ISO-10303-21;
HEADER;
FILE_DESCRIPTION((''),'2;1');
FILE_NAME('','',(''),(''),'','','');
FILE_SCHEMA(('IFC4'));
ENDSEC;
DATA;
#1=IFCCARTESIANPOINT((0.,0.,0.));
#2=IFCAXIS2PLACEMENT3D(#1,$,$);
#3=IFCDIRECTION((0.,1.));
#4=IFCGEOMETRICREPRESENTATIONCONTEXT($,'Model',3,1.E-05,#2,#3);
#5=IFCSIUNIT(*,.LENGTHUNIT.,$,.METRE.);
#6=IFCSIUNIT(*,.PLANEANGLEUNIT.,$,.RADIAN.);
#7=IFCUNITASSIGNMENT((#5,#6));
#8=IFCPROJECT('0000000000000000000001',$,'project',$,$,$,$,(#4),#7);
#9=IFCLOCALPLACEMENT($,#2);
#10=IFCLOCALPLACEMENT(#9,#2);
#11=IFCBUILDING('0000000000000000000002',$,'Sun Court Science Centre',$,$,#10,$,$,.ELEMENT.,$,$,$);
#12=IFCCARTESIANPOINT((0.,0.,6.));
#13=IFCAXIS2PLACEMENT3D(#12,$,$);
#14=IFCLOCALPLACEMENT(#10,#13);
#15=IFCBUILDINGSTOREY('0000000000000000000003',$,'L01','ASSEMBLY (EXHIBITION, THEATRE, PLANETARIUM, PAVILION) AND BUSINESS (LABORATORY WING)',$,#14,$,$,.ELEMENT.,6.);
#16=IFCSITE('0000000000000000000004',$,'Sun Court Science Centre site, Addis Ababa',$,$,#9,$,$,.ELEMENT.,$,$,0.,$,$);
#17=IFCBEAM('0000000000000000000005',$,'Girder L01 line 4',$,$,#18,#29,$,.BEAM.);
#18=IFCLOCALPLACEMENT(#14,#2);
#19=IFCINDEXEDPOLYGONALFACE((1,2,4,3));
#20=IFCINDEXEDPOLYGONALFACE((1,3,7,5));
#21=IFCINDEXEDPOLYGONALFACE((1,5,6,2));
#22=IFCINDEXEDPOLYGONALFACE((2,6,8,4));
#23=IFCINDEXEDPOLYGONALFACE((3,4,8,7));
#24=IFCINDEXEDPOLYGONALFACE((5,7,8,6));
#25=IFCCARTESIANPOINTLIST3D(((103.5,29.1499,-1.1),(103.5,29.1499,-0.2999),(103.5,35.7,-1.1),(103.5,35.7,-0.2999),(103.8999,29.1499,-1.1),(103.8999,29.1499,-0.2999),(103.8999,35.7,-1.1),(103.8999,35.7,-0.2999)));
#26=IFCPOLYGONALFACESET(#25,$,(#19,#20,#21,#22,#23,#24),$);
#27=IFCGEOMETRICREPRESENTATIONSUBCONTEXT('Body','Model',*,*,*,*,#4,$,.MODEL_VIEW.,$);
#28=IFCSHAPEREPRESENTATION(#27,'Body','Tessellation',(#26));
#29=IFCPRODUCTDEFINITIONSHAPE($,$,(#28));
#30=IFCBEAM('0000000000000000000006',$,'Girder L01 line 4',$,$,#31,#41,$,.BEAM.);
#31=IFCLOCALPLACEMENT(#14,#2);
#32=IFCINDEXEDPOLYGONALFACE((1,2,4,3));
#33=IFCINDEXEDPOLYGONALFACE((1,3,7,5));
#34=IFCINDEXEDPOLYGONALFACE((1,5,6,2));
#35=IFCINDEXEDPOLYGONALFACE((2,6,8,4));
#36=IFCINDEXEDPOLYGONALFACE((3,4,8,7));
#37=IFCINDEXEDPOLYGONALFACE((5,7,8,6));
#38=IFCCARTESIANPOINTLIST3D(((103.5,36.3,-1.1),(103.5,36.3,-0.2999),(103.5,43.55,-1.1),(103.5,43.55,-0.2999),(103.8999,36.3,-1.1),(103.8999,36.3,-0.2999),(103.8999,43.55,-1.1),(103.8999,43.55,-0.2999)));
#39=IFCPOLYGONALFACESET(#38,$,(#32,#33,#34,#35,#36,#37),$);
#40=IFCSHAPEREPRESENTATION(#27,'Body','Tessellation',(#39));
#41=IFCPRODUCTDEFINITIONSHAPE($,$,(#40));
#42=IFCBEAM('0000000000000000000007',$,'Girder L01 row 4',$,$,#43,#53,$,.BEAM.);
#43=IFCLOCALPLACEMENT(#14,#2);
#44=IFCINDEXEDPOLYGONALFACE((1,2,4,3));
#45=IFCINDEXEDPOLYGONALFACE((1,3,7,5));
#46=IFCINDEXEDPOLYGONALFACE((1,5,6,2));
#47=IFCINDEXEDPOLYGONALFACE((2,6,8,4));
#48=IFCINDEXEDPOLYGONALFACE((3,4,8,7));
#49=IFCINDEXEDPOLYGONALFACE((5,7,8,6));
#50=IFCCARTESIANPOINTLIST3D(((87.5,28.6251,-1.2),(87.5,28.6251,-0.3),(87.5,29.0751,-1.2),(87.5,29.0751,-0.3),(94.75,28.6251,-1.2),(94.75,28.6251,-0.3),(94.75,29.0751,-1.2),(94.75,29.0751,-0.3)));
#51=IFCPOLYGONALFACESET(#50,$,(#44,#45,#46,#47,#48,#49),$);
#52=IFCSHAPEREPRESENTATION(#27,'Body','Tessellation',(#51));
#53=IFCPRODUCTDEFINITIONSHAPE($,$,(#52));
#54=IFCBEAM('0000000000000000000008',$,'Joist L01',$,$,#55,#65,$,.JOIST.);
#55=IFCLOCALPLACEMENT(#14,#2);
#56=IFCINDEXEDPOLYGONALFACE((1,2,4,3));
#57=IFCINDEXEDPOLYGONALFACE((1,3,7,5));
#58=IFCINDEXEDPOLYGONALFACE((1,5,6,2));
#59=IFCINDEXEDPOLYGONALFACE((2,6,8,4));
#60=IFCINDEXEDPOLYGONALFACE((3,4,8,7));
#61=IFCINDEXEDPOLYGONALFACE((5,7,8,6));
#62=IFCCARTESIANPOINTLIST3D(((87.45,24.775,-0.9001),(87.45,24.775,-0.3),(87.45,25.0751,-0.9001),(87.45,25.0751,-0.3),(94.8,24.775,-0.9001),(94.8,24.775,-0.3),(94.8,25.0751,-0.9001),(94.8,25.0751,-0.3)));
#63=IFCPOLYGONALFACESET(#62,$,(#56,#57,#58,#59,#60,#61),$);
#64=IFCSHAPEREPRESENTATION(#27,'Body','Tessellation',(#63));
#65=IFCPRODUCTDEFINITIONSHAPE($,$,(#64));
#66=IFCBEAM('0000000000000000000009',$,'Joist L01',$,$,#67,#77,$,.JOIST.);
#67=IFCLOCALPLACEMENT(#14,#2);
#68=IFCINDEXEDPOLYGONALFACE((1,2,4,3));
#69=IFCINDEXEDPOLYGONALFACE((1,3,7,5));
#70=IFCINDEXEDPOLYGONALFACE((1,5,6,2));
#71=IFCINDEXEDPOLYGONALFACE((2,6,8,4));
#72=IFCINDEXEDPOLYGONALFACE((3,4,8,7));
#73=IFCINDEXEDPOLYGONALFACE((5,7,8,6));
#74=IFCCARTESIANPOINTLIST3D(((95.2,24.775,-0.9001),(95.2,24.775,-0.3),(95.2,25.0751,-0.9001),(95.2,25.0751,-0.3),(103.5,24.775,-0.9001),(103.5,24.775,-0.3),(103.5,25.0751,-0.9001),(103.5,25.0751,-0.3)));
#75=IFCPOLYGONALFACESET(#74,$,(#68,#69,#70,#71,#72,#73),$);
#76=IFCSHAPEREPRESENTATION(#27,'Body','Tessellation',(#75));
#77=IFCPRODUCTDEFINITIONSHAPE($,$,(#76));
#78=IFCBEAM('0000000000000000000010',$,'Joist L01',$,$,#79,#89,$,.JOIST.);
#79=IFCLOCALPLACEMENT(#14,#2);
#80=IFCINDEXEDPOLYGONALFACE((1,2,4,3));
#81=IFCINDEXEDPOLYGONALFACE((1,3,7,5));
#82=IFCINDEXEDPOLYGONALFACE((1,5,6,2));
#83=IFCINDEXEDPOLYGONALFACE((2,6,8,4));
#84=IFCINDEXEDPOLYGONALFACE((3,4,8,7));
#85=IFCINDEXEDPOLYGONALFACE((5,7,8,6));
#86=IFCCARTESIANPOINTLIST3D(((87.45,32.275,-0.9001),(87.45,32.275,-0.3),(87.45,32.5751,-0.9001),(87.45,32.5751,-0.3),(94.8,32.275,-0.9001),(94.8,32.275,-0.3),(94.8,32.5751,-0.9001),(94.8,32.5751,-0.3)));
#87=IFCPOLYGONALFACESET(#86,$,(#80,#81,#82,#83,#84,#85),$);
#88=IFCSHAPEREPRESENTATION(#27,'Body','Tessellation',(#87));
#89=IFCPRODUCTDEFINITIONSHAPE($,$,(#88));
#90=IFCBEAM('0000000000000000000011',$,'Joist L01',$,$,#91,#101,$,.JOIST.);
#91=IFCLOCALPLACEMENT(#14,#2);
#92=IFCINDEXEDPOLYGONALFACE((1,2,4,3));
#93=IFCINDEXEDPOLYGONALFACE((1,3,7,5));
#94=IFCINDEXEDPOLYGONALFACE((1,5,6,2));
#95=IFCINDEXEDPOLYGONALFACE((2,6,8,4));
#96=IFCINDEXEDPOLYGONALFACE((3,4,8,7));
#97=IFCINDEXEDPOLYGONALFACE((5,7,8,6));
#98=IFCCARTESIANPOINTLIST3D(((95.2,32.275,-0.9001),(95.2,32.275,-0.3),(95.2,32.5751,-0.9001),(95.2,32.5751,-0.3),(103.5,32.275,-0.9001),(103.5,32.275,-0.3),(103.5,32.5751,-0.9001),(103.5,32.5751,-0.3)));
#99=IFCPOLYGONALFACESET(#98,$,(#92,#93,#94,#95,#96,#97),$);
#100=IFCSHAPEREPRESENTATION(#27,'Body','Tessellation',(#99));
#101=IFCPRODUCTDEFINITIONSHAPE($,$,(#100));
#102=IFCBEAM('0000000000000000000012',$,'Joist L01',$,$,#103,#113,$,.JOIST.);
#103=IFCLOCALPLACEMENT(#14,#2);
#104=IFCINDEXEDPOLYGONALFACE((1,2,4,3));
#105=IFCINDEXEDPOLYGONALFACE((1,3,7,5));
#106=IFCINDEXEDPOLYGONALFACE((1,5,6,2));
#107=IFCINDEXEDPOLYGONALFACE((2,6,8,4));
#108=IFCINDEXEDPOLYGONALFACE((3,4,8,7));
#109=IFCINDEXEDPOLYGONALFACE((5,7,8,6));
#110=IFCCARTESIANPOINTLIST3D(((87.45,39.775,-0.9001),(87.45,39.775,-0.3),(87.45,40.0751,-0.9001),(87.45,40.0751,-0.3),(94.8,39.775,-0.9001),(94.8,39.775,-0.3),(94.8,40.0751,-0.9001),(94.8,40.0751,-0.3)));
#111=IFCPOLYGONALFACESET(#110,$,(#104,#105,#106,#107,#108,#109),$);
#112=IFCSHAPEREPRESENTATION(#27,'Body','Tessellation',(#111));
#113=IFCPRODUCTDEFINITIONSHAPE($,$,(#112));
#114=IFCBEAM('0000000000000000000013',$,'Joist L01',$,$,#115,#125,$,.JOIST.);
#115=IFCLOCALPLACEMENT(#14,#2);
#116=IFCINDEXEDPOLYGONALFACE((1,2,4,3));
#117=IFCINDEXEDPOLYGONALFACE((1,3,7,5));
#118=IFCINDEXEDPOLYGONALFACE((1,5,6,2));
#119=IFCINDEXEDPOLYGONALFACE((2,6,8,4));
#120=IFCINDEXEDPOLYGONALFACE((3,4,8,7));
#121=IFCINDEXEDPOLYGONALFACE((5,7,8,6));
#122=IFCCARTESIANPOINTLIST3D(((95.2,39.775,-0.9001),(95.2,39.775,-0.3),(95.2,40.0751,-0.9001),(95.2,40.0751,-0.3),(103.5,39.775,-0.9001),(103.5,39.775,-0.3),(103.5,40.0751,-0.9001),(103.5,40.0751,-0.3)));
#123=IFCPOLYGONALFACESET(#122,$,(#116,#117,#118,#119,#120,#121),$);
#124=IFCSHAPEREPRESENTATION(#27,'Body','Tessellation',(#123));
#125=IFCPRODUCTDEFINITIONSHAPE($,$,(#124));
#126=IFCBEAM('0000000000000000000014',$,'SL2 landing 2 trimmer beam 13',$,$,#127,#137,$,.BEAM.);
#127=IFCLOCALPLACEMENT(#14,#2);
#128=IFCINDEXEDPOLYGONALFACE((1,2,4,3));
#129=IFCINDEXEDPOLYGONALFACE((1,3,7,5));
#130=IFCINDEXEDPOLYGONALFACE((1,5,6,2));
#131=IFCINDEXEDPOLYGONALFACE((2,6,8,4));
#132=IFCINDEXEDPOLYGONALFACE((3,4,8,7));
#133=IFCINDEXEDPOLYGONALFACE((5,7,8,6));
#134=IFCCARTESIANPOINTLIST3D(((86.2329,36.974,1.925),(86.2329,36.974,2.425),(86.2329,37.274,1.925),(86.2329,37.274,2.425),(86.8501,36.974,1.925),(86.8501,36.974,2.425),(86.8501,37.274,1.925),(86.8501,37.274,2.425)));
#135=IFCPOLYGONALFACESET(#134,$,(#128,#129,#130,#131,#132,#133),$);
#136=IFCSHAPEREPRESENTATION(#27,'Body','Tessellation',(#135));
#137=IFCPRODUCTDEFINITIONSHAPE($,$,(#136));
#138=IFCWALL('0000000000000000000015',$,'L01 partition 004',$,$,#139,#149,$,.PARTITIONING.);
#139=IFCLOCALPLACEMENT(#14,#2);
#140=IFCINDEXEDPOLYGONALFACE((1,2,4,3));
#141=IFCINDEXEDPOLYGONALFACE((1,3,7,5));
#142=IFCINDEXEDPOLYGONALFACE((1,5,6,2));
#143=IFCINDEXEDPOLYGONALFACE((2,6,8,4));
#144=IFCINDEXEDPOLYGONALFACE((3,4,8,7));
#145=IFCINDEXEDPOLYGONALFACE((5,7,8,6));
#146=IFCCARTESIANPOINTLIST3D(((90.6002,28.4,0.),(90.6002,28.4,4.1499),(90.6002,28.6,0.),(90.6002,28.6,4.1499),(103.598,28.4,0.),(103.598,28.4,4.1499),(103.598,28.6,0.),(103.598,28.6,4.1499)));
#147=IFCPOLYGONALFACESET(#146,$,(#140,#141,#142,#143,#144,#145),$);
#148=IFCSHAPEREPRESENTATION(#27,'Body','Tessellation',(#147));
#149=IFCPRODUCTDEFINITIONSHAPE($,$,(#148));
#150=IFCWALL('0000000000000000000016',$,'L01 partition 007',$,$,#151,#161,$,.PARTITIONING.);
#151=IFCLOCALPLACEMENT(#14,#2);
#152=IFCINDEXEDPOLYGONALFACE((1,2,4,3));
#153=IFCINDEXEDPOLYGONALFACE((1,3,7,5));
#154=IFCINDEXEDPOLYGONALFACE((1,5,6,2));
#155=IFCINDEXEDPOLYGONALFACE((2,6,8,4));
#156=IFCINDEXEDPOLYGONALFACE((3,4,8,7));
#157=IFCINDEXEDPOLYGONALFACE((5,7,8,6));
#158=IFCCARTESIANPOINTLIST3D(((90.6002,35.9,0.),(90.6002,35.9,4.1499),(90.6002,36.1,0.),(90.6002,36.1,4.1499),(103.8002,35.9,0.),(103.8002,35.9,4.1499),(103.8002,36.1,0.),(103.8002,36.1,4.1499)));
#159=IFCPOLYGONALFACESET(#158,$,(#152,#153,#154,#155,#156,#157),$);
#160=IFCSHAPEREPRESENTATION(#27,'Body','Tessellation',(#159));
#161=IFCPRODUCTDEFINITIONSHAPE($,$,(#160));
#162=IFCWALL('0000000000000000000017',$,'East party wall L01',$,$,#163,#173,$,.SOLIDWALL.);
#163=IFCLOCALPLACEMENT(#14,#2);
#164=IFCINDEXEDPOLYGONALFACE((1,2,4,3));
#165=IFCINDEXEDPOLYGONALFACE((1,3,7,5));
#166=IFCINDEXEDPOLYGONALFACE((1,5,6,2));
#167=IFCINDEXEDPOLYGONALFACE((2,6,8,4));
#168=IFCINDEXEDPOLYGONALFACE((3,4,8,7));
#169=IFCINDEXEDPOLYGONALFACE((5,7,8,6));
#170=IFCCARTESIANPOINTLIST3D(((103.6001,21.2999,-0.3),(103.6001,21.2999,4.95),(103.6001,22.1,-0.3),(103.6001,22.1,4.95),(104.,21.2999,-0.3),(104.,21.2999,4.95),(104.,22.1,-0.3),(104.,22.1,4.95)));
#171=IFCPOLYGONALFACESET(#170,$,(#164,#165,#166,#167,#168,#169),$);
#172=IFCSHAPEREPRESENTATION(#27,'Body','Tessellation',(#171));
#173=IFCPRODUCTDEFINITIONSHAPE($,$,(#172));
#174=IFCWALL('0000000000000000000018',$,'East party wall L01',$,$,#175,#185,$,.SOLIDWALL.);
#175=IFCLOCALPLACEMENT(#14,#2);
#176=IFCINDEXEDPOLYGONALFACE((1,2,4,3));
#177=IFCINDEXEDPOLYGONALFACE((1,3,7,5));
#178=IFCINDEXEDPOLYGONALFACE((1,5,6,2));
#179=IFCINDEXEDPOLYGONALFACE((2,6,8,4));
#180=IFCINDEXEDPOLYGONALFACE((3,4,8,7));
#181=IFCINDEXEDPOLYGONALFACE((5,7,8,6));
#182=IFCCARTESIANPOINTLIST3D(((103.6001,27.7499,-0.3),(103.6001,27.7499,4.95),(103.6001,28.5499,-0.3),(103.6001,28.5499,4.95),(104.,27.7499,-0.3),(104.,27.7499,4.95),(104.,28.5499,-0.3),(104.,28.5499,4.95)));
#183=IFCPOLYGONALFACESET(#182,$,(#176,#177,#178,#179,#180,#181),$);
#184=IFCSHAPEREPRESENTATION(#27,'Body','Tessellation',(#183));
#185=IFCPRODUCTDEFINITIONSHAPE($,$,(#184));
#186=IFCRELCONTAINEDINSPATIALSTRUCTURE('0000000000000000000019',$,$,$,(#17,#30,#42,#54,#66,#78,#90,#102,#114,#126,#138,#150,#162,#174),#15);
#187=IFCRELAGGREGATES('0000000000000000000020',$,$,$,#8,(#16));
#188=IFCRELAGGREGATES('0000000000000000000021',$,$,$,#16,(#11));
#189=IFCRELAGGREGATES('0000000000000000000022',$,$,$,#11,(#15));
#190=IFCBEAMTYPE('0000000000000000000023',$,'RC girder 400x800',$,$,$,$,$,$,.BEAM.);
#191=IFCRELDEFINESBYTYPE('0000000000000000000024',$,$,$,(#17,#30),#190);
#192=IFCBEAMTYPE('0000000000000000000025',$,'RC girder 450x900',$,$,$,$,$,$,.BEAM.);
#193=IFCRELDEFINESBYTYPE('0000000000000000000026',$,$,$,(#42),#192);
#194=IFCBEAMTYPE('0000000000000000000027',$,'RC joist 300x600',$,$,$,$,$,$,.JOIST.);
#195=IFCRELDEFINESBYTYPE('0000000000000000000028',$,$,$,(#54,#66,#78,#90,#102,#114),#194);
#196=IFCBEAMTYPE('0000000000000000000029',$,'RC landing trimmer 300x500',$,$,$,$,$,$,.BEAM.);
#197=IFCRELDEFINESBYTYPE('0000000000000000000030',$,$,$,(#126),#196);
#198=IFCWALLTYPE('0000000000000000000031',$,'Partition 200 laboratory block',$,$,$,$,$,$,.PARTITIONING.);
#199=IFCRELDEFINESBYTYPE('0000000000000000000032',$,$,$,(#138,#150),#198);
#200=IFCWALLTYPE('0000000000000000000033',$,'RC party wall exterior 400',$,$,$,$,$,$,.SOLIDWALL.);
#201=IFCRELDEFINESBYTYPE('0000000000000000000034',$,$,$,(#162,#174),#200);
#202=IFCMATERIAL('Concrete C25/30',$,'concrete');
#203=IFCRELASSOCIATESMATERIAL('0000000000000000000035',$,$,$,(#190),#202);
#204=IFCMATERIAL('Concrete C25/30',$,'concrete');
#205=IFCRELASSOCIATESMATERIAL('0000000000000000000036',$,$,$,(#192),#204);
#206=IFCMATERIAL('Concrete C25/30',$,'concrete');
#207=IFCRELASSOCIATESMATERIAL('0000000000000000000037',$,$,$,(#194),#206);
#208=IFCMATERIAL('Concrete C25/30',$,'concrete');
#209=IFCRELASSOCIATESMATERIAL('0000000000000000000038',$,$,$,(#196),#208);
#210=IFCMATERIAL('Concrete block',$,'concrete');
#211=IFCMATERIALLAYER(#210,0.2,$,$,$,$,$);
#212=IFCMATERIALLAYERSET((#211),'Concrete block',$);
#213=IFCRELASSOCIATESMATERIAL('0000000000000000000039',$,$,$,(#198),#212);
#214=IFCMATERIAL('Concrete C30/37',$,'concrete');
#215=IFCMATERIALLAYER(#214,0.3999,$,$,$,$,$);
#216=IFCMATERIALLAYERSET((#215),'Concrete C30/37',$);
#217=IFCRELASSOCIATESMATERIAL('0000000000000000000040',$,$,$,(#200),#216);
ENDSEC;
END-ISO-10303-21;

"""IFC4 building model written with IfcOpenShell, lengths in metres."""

from ifc_helpers import new_model, si_unit, direction, frame, frame_2d, origin, origin_2d, place, context, subcontext, project, spatial, rectangle, extrude, material, layer, layer_set, material_profile, profile_set, type_object, element, save


model = new_model("IFC4")

# Units and contexts
model_context = context("Model", 3, precision=1e-05, world=origin(), true_north=direction((0.0, 1.0)))
body_context = subcontext(model_context, "Body", "Model", "MODEL_VIEW")
ifc_project = project(units=[si_unit("LENGTHUNIT", "METRE"), si_unit("PLANEANGLEUNIT", "RADIAN")], contexts=[model_context])

# Site, building, storey
site_placement = place(None, origin())
site = spatial("IfcSite", under=ifc_project, at=site_placement, Name="Sun Court Science Centre site, Addis Ababa", CompositionType="ELEMENT", RefElevation=0.0)
building_placement = place(site_placement, origin())
building = spatial("IfcBuilding", under=site, at=building_placement, Name="Sun Court Science Centre", CompositionType="ELEMENT")
storey_placement = place(building_placement, frame((0.0, 0.0, 6.0)))
storey = spatial("IfcBuildingStorey", under=building, at=storey_placement, Name="L01", Description="ASSEMBLY (EXHIBITION, THEATRE, PLANETARIUM, PAVILION) AND BUSINESS (LABORATORY WING)", CompositionType="ELEMENT", Elevation=6.0)

# Beams
ifc_material_1 = material(Name="Concrete C25/30", Category="concrete")
ifc_material_profile_1 = material_profile(ifc_material_1, rectangle(XDim=0.3999, YDim=0.8, at=origin_2d()), Name="RC 400x800")
ifc_profile_set_1 = profile_set([ifc_material_profile_1], Name="Concrete C25/30")
beam_type_1 = type_object("IfcBeamType", Name="RC girder 400x800", PredefinedType="BEAM", material=ifc_profile_set_1)
beam_1_placement = place(storey_placement, frame((103.7, 29.1499, -0.7), z_axis=(0.0, 1.0, 0.0), x_axis=(-1.0, 0.0, 0.0)))
element("IfcBeam", 1, at=beam_1_placement, inside=storey, type_object=beam_type_1, Name="Girder L01 line 4", PredefinedType="BEAM", context=body_context, shape_type="SweptSolid", body=[
    extrude(rectangle(XDim=0.3999, YDim=0.8, at=origin_2d()), origin(), (0.0, 0.0, 1.0), 6.55),
])
beam_2_placement = place(storey_placement, frame((103.7, 36.3, -0.7), z_axis=(0.0, 1.0, 0.0), x_axis=(-1.0, 0.0, 0.0)))
element("IfcBeam", 2, at=beam_2_placement, inside=storey, type_object=beam_type_1, Name="Girder L01 line 4", PredefinedType="BEAM", context=body_context, shape_type="SweptSolid", body=[
    extrude(rectangle(XDim=0.3999, YDim=0.8, at=origin_2d()), origin(), (0.0, 0.0, 1.0), 7.25),
])
ifc_material_2 = material(Name="Concrete C25/30", Category="concrete")
ifc_material_profile_2 = material_profile(ifc_material_2, rectangle(XDim=0.45, YDim=0.8999, at=origin_2d()), Name="RC 450x900")
ifc_profile_set_2 = profile_set([ifc_material_profile_2], Name="Concrete C25/30")
beam_type_2 = type_object("IfcBeamType", Name="RC girder 450x900", PredefinedType="BEAM", material=ifc_profile_set_2)
beam_3_placement = place(storey_placement, frame((87.5, 28.8501, -0.75), z_axis=(1.0, 0.0, 0.0), x_axis=(0.0, 1.0, 0.0)))
element("IfcBeam", 3, at=beam_3_placement, inside=storey, type_object=beam_type_2, Name="Girder L01 row 4", PredefinedType="BEAM", context=body_context, shape_type="SweptSolid", body=[
    extrude(rectangle(XDim=0.45, YDim=0.8999, at=origin_2d()), origin(), (0.0, 0.0, 1.0), 7.25),
])
ifc_material_3 = material(Name="Concrete C25/30", Category="concrete")
ifc_material_profile_3 = material_profile(ifc_material_3, rectangle(XDim=0.3, YDim=0.6001, at=origin_2d()), Name="RC 300x600")
ifc_profile_set_3 = profile_set([ifc_material_profile_3], Name="Concrete C25/30")
beam_type_3 = type_object("IfcBeamType", Name="RC joist 300x600", PredefinedType="JOIST", material=ifc_profile_set_3)
beam_4_placement = place(storey_placement, frame((87.45, 24.925, -0.6001), z_axis=(1.0, 0.0, 0.0), x_axis=(0.0, 1.0, 0.0)))
element("IfcBeam", 4, at=beam_4_placement, inside=storey, type_object=beam_type_3, Name="Joist L01", PredefinedType="JOIST", context=body_context, shape_type="SweptSolid", body=[
    extrude(rectangle(XDim=0.3, YDim=0.6001, at=origin_2d()), origin(), (0.0, 0.0, 1.0), 7.3501),
])
beam_5_placement = place(storey_placement, frame((95.2, 24.925, -0.6001), z_axis=(1.0, 0.0, 0.0), x_axis=(0.0, 1.0, 0.0)))
element("IfcBeam", 5, at=beam_5_placement, inside=storey, type_object=beam_type_3, Name="Joist L01", PredefinedType="JOIST", context=body_context, shape_type="SweptSolid", body=[
    extrude(rectangle(XDim=0.3, YDim=0.6001, at=origin_2d()), origin(), (0.0, 0.0, 1.0), 8.3),
])
beam_6_placement = place(storey_placement, frame((87.45, 32.425, -0.6001), z_axis=(1.0, 0.0, 0.0), x_axis=(0.0, 1.0, 0.0)))
element("IfcBeam", 6, at=beam_6_placement, inside=storey, type_object=beam_type_3, Name="Joist L01", PredefinedType="JOIST", context=body_context, shape_type="SweptSolid", body=[
    extrude(rectangle(XDim=0.3, YDim=0.6001, at=origin_2d()), origin(), (0.0, 0.0, 1.0), 7.3501),
])
beam_7_placement = place(storey_placement, frame((95.2, 32.425, -0.6001), z_axis=(1.0, 0.0, 0.0), x_axis=(0.0, 1.0, 0.0)))
element("IfcBeam", 7, at=beam_7_placement, inside=storey, type_object=beam_type_3, Name="Joist L01", PredefinedType="JOIST", context=body_context, shape_type="SweptSolid", body=[
    extrude(rectangle(XDim=0.3, YDim=0.6001, at=origin_2d()), origin(), (0.0, 0.0, 1.0), 8.3),
])
beam_8_placement = place(storey_placement, frame((87.45, 39.925, -0.6001), z_axis=(1.0, 0.0, 0.0), x_axis=(0.0, 1.0, 0.0)))
element("IfcBeam", 8, at=beam_8_placement, inside=storey, type_object=beam_type_3, Name="Joist L01", PredefinedType="JOIST", context=body_context, shape_type="SweptSolid", body=[
    extrude(rectangle(XDim=0.3, YDim=0.6001, at=origin_2d()), origin(), (0.0, 0.0, 1.0), 7.3501),
])
beam_9_placement = place(storey_placement, frame((95.2, 39.925, -0.6001), z_axis=(1.0, 0.0, 0.0), x_axis=(0.0, 1.0, 0.0)))
element("IfcBeam", 9, at=beam_9_placement, inside=storey, type_object=beam_type_3, Name="Joist L01", PredefinedType="JOIST", context=body_context, shape_type="SweptSolid", body=[
    extrude(rectangle(XDim=0.3, YDim=0.6001, at=origin_2d()), origin(), (0.0, 0.0, 1.0), 8.3),
])
ifc_material_4 = material(Name="Concrete C25/30", Category="concrete")
ifc_material_profile_4 = material_profile(ifc_material_4, rectangle(XDim=0.3, YDim=0.5, at=origin_2d()), Name="RC 300x500")
ifc_profile_set_4 = profile_set([ifc_material_profile_4], Name="Concrete C25/30")
beam_type_4 = type_object("IfcBeamType", Name="RC landing trimmer 300x500", PredefinedType="BEAM", material=ifc_profile_set_4)
beam_10_placement = place(storey_placement, frame((86.8501, 37.124, 2.175), z_axis=(-1.0, 0.0, 0.0), x_axis=(0.0, -1.0, 0.0)))
element("IfcBeam", 10, at=beam_10_placement, inside=storey, type_object=beam_type_4, Name="SL2 landing 2 trimmer beam 13", PredefinedType="BEAM", context=body_context, shape_type="SweptSolid", body=[
    extrude(rectangle(XDim=0.3, YDim=0.5, at=origin_2d()), origin(), (0.0, 0.0, 1.0), 0.6172),
])

# Walls
ifc_material_5 = material(Name="Concrete block", Category="concrete")
ifc_layer_1 = layer(ifc_material_5, 0.2)
ifc_layer_set_1 = layer_set([ifc_layer_1], Name="Concrete block")
wall_type_1 = type_object("IfcWallType", Name="Partition 200 laboratory block", PredefinedType="PARTITIONING", material=ifc_layer_set_1)
wall_1_placement = place(storey_placement, frame((90.6001, 28.5, 0.0), z_axis=(0.0, 0.0, 1.0), x_axis=(1.0, 0.0, 0.0)))
element("IfcWall", 11, at=wall_1_placement, inside=storey, type_object=wall_type_1, Name="L01 partition 004", PredefinedType="PARTITIONING", context=body_context, shape_type="SweptSolid", body=[
    extrude(rectangle(XDim=12.9978, YDim=0.2, at=frame_2d((6.499, 0.0))), origin(), (0.0, 0.0, 1.0), 4.1499),
])
wall_2_placement = place(storey_placement, frame((90.6001, 36.0, 0.0), z_axis=(0.0, 0.0, 1.0), x_axis=(1.0, 0.0, 0.0)))
element("IfcWall", 12, at=wall_2_placement, inside=storey, type_object=wall_type_1, Name="L01 partition 007", PredefinedType="PARTITIONING", context=body_context, shape_type="SweptSolid", body=[
    extrude(rectangle(XDim=13.2, YDim=0.2, at=frame_2d((6.6001, 0.0))), origin(), (0.0, 0.0, 1.0), 4.1499),
])
ifc_material_6 = material(Name="Concrete C30/37", Category="concrete")
ifc_layer_2 = layer(ifc_material_6, 0.3999)
ifc_layer_set_2 = layer_set([ifc_layer_2], Name="Concrete C30/37")
wall_type_2 = type_object("IfcWallType", Name="RC party wall exterior 400", PredefinedType="SOLIDWALL", material=ifc_layer_set_2)
for number, where, z_axis, x_axis, name in (
    (13, (103.8, 21.3, -0.3), (0.0, 0.0, 1.0), (0.0, 1.0, 0.0), "East party wall L01"),
    (14, (103.8, 27.75, -0.3), (0.0, 0.0, 1.0), (0.0, 1.0, 0.0), "East party wall L01"),
):
    element("IfcWall", number, at=place(storey_placement, frame(where, z_axis=z_axis, x_axis=x_axis)), inside=storey, type_object=wall_type_2, Name=name, PredefinedType="SOLIDWALL", context=body_context, shape_type="SweptSolid", body=[
        extrude(rectangle(XDim=0.8, YDim=0.3999, at=frame_2d((0.3999, 0.0))), origin(), (0.0, 0.0, 1.0), 5.25),
    ])

save(model, "model.ifc")
